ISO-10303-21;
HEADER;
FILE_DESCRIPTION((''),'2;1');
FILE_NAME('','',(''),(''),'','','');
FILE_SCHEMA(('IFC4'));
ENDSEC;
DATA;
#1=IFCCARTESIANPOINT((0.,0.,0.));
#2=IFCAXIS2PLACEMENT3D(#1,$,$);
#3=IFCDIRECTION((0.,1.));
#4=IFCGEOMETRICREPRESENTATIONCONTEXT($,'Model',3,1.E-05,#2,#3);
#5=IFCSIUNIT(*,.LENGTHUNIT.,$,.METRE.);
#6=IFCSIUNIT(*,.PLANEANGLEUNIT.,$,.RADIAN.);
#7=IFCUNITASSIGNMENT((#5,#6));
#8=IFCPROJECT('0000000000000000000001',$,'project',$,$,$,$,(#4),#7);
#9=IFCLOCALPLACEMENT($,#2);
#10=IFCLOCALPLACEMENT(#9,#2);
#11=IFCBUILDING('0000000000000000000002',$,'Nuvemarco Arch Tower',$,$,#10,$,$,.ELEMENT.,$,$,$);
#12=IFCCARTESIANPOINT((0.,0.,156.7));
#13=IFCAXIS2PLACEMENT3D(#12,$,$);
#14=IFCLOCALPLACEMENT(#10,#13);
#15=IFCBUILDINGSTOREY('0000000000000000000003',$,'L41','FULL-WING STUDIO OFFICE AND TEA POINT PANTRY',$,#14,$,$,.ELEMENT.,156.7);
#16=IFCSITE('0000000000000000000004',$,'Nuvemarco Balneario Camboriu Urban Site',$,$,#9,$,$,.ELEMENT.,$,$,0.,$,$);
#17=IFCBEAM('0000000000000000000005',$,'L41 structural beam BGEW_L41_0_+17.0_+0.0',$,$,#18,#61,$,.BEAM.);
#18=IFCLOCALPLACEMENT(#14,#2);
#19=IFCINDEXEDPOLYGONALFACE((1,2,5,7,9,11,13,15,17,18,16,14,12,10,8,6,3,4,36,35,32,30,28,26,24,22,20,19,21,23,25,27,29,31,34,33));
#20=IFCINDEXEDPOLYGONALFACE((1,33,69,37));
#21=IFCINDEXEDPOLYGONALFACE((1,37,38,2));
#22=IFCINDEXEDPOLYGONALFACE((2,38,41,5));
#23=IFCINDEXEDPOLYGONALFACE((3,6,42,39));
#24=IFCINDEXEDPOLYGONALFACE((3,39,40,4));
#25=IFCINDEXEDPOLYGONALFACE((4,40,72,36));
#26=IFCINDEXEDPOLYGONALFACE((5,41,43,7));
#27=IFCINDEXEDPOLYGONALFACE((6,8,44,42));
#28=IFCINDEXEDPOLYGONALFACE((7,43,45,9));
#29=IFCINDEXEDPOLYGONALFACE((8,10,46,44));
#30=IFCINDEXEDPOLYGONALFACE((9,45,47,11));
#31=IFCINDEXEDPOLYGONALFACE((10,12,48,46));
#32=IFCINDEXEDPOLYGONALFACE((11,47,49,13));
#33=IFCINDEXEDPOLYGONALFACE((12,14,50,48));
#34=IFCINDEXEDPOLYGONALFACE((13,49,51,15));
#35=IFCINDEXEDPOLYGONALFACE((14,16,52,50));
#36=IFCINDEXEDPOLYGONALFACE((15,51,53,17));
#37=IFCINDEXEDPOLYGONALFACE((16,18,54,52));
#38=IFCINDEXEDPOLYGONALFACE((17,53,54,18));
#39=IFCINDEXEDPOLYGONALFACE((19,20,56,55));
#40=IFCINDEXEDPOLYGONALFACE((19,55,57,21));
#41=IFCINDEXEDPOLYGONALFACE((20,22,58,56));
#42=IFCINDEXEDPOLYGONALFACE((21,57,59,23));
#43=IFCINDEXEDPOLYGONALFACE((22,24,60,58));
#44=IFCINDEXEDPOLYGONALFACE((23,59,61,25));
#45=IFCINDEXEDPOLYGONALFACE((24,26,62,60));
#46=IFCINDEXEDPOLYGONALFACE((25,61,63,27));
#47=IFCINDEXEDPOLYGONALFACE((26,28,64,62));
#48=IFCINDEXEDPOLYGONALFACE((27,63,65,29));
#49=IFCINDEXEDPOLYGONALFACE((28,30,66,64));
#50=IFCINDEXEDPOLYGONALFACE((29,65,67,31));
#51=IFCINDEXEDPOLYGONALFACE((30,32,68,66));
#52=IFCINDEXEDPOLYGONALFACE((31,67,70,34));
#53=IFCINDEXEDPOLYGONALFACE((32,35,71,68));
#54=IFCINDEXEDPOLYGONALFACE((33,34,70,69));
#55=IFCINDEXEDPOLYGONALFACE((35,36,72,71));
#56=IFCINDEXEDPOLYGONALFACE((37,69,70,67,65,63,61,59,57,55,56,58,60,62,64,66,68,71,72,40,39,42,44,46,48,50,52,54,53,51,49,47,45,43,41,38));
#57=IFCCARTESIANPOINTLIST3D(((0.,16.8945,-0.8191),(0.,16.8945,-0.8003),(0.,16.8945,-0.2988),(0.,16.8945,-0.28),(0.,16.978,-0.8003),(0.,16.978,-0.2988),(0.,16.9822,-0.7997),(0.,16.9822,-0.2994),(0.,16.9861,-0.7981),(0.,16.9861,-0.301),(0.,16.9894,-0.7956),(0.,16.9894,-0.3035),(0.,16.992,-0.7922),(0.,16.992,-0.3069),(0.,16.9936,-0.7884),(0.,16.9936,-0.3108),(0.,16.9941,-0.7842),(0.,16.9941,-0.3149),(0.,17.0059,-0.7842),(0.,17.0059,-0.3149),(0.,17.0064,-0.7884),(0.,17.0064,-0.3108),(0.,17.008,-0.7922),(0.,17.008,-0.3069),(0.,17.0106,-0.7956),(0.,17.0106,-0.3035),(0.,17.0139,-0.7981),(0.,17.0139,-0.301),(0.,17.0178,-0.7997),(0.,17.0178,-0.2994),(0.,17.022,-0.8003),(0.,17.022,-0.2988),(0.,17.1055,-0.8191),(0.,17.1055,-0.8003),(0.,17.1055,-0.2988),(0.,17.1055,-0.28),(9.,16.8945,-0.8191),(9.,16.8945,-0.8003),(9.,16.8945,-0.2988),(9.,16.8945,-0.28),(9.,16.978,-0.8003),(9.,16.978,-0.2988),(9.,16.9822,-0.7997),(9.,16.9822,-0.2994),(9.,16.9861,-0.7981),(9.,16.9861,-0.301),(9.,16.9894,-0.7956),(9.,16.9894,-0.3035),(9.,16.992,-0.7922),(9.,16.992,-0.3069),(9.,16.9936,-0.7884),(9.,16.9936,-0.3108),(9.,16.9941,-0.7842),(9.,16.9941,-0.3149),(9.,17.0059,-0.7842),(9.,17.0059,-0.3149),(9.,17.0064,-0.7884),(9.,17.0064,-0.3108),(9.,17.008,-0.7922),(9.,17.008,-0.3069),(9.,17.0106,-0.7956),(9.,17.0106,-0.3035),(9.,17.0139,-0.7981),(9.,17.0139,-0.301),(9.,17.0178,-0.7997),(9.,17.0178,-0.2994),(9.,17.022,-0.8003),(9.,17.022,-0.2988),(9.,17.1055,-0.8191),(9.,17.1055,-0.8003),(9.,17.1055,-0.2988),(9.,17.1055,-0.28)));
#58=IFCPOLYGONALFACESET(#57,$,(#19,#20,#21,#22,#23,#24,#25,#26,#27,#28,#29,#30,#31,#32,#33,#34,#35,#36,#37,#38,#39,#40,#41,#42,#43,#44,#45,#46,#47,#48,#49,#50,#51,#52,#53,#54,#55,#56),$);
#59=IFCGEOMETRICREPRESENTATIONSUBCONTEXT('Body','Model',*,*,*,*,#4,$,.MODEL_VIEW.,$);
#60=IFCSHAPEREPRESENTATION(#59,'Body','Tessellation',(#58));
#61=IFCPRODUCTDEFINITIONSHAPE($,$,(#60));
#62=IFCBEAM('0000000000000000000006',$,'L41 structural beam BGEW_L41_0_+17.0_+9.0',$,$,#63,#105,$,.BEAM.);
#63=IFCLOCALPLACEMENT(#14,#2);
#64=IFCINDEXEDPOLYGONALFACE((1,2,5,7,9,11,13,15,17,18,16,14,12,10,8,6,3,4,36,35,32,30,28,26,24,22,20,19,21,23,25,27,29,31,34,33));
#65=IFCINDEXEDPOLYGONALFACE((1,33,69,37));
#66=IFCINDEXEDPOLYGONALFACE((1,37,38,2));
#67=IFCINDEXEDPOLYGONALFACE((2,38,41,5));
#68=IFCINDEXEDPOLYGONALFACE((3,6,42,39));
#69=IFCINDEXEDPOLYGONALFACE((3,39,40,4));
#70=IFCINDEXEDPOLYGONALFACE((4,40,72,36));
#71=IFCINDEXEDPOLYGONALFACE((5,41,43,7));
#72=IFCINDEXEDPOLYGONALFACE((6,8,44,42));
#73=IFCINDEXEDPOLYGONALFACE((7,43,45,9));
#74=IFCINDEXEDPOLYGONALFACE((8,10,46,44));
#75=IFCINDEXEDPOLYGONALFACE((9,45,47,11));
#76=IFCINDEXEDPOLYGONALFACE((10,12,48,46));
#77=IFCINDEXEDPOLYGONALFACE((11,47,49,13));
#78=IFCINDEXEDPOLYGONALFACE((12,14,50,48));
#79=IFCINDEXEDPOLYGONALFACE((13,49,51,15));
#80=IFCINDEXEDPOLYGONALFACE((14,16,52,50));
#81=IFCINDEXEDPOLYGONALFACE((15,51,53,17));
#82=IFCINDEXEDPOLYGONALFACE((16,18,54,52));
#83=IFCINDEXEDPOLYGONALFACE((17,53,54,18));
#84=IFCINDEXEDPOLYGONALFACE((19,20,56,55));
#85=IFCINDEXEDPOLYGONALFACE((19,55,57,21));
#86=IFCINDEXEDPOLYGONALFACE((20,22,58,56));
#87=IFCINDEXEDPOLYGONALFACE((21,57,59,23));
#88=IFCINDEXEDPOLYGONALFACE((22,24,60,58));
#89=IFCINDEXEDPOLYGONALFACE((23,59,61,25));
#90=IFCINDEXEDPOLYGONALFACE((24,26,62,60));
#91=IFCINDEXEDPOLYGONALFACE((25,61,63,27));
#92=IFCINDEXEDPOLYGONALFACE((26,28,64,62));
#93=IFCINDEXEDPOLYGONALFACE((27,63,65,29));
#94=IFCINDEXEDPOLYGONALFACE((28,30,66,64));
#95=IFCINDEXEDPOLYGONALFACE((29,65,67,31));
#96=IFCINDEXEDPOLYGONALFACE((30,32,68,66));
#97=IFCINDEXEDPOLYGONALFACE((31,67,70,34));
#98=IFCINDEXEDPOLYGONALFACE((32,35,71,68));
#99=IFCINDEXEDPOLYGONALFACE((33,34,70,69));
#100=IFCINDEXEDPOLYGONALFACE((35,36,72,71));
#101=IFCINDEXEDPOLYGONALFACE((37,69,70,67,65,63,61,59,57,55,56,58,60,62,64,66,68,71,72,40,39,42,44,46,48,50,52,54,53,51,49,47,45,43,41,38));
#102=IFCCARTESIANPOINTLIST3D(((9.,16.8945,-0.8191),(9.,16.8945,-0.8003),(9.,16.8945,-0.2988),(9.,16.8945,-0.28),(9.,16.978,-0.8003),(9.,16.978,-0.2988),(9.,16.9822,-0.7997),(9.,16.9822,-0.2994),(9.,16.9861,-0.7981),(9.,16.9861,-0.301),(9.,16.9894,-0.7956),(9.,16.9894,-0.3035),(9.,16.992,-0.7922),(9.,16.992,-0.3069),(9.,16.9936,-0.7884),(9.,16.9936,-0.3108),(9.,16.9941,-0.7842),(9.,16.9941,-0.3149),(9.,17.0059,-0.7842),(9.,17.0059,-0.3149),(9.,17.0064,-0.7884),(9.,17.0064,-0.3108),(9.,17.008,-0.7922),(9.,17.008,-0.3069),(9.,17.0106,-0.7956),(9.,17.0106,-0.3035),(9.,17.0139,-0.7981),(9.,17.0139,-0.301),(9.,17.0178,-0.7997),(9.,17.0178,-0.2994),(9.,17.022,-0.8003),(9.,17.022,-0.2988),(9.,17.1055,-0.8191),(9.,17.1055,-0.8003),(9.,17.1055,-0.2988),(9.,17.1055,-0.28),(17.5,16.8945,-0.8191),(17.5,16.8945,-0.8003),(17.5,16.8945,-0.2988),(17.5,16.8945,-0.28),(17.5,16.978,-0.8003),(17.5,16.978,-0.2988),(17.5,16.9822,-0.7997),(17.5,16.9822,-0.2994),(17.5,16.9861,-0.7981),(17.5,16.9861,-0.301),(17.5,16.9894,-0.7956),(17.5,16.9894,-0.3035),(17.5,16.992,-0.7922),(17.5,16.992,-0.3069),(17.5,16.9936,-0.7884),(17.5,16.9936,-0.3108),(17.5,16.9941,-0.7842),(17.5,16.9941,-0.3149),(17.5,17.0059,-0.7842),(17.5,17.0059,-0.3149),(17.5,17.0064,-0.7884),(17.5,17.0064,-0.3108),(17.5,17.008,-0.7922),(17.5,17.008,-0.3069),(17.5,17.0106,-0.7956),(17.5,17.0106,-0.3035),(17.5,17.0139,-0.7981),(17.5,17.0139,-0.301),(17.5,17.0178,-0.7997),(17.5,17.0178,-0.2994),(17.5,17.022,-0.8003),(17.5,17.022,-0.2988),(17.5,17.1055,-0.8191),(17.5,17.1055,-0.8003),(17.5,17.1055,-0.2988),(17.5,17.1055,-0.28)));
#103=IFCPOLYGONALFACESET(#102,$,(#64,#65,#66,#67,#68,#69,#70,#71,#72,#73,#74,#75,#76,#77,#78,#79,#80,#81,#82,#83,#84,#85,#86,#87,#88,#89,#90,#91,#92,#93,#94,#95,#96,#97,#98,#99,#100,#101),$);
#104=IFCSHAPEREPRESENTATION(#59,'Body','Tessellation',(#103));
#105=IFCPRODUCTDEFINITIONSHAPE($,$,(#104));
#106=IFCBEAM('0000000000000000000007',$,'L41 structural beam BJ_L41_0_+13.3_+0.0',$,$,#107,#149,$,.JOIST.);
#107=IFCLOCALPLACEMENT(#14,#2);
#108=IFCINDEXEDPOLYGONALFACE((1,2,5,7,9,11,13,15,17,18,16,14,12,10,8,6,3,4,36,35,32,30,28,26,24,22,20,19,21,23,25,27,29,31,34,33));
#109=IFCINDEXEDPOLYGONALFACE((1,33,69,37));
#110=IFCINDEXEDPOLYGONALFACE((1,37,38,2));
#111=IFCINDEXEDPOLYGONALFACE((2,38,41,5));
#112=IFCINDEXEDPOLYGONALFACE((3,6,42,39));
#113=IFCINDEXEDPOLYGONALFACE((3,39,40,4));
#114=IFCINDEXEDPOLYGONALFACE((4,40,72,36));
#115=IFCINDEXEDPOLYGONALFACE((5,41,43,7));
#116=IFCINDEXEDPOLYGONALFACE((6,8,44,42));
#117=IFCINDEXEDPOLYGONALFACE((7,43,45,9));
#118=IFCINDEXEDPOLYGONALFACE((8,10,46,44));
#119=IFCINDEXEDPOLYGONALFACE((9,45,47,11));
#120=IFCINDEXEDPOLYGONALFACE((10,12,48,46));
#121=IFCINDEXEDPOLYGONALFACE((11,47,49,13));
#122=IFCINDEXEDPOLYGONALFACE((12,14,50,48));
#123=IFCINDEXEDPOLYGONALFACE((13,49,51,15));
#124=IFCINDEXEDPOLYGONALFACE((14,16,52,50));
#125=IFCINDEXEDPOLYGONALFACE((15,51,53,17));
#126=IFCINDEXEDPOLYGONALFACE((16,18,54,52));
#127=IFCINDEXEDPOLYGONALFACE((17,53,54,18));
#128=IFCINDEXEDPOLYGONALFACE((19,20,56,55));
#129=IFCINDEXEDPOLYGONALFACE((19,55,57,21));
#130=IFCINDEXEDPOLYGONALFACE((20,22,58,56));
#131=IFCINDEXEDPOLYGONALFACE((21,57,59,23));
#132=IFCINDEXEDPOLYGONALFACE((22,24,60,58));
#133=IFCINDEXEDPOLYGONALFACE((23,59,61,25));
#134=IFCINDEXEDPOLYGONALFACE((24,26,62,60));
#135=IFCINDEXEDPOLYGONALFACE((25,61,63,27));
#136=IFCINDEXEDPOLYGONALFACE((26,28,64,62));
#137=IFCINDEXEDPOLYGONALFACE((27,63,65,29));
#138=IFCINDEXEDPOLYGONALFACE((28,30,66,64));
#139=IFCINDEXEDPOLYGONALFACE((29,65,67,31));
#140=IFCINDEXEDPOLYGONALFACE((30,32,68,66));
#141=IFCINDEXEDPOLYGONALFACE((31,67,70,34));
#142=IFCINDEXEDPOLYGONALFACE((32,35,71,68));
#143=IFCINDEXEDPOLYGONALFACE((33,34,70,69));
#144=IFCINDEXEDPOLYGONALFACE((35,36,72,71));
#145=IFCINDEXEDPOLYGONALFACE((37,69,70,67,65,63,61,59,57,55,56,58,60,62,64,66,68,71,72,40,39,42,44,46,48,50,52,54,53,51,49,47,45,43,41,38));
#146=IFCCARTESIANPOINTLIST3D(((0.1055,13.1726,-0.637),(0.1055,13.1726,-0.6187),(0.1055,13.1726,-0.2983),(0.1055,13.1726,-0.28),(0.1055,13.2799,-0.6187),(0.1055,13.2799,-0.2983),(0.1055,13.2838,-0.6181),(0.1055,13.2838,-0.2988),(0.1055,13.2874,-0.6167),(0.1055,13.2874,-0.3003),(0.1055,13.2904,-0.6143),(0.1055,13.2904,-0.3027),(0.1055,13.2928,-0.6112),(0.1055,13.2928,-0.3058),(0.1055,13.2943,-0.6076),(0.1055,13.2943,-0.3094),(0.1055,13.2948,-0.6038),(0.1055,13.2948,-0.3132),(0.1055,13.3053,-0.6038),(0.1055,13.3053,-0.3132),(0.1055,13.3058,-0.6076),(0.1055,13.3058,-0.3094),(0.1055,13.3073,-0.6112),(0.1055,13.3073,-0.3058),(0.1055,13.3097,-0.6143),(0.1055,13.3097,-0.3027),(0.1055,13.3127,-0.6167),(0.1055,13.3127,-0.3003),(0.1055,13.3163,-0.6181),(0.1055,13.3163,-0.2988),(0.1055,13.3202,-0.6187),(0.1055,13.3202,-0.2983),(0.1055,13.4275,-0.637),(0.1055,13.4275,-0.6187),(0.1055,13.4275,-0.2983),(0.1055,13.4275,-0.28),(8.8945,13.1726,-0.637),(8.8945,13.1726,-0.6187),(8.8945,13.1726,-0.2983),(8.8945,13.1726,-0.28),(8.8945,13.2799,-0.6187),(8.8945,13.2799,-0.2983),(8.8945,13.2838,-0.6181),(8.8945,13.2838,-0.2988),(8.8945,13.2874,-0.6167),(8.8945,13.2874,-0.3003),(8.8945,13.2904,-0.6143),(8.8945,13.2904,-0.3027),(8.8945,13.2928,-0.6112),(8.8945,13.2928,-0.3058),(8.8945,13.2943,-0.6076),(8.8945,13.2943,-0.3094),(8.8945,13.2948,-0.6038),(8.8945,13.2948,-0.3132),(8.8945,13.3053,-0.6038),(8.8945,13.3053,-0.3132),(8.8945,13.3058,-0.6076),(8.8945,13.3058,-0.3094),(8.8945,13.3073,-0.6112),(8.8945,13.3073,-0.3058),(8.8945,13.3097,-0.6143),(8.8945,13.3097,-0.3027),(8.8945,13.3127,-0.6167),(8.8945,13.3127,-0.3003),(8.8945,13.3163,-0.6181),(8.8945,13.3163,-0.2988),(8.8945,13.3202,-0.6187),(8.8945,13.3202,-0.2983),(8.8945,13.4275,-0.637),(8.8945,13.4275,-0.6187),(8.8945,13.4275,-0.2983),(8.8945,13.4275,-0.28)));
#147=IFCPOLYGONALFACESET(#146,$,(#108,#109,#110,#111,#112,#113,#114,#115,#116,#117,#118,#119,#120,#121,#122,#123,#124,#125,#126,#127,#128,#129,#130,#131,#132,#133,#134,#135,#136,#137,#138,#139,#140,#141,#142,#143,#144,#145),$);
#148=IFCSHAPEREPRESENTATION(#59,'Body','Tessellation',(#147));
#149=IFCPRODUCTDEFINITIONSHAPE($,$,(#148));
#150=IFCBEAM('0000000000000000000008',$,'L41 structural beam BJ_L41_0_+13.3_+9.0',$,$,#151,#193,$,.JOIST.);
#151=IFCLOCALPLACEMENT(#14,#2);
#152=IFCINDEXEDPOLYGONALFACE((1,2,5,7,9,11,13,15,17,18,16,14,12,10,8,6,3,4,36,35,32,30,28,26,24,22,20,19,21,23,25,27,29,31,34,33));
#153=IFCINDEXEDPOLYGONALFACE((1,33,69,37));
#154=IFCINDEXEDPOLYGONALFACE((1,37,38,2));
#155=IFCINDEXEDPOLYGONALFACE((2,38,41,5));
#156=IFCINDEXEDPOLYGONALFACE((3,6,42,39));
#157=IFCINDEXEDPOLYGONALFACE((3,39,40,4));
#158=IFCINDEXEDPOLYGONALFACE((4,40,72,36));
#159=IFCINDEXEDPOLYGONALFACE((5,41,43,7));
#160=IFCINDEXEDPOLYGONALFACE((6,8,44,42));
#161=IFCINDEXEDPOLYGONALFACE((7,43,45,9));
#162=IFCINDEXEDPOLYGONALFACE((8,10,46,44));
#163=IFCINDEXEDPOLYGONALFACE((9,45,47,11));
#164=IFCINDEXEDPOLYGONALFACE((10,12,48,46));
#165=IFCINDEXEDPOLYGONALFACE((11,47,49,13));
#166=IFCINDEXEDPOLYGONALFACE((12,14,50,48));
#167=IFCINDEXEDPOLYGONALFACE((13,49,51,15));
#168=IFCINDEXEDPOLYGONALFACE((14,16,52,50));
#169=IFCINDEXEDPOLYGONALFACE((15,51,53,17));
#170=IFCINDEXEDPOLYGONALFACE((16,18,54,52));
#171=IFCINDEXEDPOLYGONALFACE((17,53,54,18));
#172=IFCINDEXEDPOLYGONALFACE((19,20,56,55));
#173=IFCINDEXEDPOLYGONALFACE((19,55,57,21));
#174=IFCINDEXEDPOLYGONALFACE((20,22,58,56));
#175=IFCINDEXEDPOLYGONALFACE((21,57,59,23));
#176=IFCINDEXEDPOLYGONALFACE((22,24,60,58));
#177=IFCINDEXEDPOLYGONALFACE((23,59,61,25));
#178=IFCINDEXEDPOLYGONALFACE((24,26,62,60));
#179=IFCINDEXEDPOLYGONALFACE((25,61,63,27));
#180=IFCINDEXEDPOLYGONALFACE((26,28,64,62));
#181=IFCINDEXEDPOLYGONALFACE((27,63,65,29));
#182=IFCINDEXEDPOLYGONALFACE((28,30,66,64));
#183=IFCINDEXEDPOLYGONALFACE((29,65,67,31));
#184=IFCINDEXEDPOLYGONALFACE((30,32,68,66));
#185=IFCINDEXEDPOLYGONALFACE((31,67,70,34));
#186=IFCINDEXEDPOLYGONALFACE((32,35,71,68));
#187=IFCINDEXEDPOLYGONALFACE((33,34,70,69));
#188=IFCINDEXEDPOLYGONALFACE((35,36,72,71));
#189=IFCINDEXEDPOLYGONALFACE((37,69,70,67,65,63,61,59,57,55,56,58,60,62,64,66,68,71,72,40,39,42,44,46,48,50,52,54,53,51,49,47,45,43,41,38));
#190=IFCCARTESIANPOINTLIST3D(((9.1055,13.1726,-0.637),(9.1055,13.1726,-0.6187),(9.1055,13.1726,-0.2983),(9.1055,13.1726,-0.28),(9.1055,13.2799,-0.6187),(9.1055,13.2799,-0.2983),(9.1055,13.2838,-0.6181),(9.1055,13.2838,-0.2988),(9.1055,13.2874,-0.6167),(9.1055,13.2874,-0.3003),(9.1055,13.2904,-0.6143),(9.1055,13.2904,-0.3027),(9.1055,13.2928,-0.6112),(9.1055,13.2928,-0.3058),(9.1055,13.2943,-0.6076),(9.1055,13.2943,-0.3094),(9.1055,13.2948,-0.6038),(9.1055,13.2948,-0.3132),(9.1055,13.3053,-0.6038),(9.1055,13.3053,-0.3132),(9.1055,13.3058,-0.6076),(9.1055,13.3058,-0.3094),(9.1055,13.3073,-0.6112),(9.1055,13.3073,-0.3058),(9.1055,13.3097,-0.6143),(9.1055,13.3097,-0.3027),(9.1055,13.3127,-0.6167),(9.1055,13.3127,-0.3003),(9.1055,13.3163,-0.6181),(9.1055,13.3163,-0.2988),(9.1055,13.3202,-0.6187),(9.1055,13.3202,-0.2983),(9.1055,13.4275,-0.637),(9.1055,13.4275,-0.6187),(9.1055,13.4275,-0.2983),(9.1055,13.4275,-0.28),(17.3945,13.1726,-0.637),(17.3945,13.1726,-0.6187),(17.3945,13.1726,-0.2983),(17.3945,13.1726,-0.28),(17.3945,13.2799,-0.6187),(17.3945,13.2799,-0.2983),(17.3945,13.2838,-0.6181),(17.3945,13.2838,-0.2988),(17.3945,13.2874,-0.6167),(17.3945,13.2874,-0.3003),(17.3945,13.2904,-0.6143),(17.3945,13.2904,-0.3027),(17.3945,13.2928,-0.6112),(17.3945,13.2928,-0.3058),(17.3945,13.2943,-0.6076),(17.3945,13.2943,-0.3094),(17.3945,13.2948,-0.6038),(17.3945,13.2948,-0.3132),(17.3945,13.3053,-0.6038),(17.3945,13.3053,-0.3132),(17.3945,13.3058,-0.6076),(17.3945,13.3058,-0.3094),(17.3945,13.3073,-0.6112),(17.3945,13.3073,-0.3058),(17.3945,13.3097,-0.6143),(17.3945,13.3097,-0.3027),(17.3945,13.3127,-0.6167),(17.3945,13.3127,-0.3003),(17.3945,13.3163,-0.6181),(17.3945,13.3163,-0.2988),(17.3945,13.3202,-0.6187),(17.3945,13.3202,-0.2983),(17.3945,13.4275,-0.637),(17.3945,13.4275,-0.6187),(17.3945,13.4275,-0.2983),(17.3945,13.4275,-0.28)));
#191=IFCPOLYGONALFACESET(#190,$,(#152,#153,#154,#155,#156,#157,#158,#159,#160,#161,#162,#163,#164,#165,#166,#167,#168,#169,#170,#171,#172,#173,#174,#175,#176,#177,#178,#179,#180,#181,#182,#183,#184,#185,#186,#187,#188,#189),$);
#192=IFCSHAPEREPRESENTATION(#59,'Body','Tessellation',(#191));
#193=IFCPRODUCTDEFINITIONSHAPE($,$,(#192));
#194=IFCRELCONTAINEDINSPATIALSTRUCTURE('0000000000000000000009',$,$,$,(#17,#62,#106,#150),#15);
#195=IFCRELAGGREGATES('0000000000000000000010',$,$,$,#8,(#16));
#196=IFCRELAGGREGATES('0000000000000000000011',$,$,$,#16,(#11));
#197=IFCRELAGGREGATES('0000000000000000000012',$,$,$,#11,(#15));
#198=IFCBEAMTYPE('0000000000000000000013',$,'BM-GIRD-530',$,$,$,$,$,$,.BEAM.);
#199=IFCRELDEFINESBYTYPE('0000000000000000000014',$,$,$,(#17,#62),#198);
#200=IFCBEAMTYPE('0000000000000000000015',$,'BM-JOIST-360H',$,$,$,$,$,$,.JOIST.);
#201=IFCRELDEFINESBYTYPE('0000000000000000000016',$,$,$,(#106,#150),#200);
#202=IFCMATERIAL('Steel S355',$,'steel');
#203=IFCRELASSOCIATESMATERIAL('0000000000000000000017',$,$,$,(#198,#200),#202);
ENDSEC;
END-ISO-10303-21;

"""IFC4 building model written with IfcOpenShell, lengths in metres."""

from ifc_helpers import new_model, si_unit, direction, frame, origin, origin_2d, place, context, subcontext, project, spatial, i_section, extrude, material, material_profile, profile_set, type_object, element, save


model = new_model("IFC4")

# Units and contexts
model_context = context("Model", 3, precision=1e-05, world=origin(), true_north=direction((0.0, 1.0)))
body_context = subcontext(model_context, "Body", "Model", "MODEL_VIEW")
ifc_project = project(units=[si_unit("LENGTHUNIT", "METRE"), si_unit("PLANEANGLEUNIT", "RADIAN")], contexts=[model_context])

# Site, building, storey
site_placement = place(None, origin())
site = spatial("IfcSite", under=ifc_project, at=site_placement, Name="Nuvemarco Balneario Camboriu Urban Site", CompositionType="ELEMENT", RefElevation=0.0)
building_placement = place(site_placement, origin())
building = spatial("IfcBuilding", under=site, at=building_placement, Name="Nuvemarco Arch Tower", CompositionType="ELEMENT")
storey_placement = place(building_placement, frame((0.0, 0.0, 156.7)))
storey = spatial("IfcBuildingStorey", under=building, at=storey_placement, Name="L41", Description="FULL-WING STUDIO OFFICE AND TEA POINT PANTRY", CompositionType="ELEMENT", Elevation=156.7)

# Shared definitions
ifc_material_1 = material(Name="Steel S355", Category="steel")

# Beams
ifc_material_profile_1 = material_profile(ifc_material_1, i_section(OverallWidth=0.2109, OverallDepth=0.5391, WebThickness=0.0117, FlangeThickness=0.0188, FilletRadius=0.0161, at=origin_2d()), Name="W530x109")
ifc_profile_set_1 = profile_set([ifc_material_profile_1], Name="Steel S355")
beam_type_1 = type_object("IfcBeamType", Name="BM-GIRD-530", PredefinedType="BEAM", material=ifc_profile_set_1)
beam_1_placement = place(storey_placement, frame((0.0, 17.0, -0.5496), z_axis=(1.0, 0.0, 0.0), x_axis=(0.0, 1.0, 0.0)))
element("IfcBeam", 1, at=beam_1_placement, inside=storey, type_object=beam_type_1, Name="L41 structural beam BGEW_L41_0_+17.0_+0.0", PredefinedType="BEAM", context=body_context, shape_type="SweptSolid", body=[
    extrude(i_section(OverallWidth=0.2109, OverallDepth=0.5391, WebThickness=0.0117, FlangeThickness=0.0188, FilletRadius=0.0161, at=origin_2d()), origin(), (0.0, 0.0, 1.0), 9.0),
])
beam_2_placement = place(storey_placement, frame((9.0, 17.0, -0.5496), z_axis=(1.0, 0.0, 0.0), x_axis=(0.0, 1.0, 0.0)))
element("IfcBeam", 2, at=beam_2_placement, inside=storey, type_object=beam_type_1, Name="L41 structural beam BGEW_L41_0_+17.0_+9.0", PredefinedType="BEAM", context=body_context, shape_type="SweptSolid", body=[
    extrude(i_section(OverallWidth=0.2109, OverallDepth=0.5391, WebThickness=0.0117, FlangeThickness=0.0188, FilletRadius=0.0161, at=origin_2d()), origin(), (0.0, 0.0, 1.0), 8.5),
])
ifc_material_profile_2 = material_profile(ifc_material_1, i_section(OverallWidth=0.2549, OverallDepth=0.3569, WebThickness=0.0105, FlangeThickness=0.0183, FilletRadius=0.0149, at=origin_2d()), Name="W360x101")
ifc_profile_set_2 = profile_set([ifc_material_profile_2], Name="Steel S355")
beam_type_2 = type_object("IfcBeamType", Name="BM-JOIST-360H", PredefinedType="JOIST", material=ifc_profile_set_2)
beam_3_placement = place(storey_placement, frame((0.1055, 13.3, -0.4585), z_axis=(1.0, 0.0, 0.0), x_axis=(0.0, 1.0, 0.0)))
element("IfcBeam", 3, at=beam_3_placement, inside=storey, type_object=beam_type_2, Name="L41 structural beam BJ_L41_0_+13.3_+0.0", PredefinedType="JOIST", context=body_context, shape_type="SweptSolid", body=[
    extrude(i_section(OverallWidth=0.2549, OverallDepth=0.3569, WebThickness=0.0105, FlangeThickness=0.0183, FilletRadius=0.0149, at=origin_2d()), origin(), (0.0, 0.0, 1.0), 8.7891),
])
beam_4_placement = place(storey_placement, frame((9.1055, 13.3, -0.4585), z_axis=(1.0, 0.0, 0.0), x_axis=(0.0, 1.0, 0.0)))
element("IfcBeam", 4, at=beam_4_placement, inside=storey, type_object=beam_type_2, Name="L41 structural beam BJ_L41_0_+13.3_+9.0", PredefinedType="JOIST", context=body_context, shape_type="SweptSolid", body=[
    extrude(i_section(OverallWidth=0.2549, OverallDepth=0.3569, WebThickness=0.0105, FlangeThickness=0.0183, FilletRadius=0.0149, at=origin_2d()), origin(), (0.0, 0.0, 1.0), 8.2891),
])

save(model, "model.ifc")
